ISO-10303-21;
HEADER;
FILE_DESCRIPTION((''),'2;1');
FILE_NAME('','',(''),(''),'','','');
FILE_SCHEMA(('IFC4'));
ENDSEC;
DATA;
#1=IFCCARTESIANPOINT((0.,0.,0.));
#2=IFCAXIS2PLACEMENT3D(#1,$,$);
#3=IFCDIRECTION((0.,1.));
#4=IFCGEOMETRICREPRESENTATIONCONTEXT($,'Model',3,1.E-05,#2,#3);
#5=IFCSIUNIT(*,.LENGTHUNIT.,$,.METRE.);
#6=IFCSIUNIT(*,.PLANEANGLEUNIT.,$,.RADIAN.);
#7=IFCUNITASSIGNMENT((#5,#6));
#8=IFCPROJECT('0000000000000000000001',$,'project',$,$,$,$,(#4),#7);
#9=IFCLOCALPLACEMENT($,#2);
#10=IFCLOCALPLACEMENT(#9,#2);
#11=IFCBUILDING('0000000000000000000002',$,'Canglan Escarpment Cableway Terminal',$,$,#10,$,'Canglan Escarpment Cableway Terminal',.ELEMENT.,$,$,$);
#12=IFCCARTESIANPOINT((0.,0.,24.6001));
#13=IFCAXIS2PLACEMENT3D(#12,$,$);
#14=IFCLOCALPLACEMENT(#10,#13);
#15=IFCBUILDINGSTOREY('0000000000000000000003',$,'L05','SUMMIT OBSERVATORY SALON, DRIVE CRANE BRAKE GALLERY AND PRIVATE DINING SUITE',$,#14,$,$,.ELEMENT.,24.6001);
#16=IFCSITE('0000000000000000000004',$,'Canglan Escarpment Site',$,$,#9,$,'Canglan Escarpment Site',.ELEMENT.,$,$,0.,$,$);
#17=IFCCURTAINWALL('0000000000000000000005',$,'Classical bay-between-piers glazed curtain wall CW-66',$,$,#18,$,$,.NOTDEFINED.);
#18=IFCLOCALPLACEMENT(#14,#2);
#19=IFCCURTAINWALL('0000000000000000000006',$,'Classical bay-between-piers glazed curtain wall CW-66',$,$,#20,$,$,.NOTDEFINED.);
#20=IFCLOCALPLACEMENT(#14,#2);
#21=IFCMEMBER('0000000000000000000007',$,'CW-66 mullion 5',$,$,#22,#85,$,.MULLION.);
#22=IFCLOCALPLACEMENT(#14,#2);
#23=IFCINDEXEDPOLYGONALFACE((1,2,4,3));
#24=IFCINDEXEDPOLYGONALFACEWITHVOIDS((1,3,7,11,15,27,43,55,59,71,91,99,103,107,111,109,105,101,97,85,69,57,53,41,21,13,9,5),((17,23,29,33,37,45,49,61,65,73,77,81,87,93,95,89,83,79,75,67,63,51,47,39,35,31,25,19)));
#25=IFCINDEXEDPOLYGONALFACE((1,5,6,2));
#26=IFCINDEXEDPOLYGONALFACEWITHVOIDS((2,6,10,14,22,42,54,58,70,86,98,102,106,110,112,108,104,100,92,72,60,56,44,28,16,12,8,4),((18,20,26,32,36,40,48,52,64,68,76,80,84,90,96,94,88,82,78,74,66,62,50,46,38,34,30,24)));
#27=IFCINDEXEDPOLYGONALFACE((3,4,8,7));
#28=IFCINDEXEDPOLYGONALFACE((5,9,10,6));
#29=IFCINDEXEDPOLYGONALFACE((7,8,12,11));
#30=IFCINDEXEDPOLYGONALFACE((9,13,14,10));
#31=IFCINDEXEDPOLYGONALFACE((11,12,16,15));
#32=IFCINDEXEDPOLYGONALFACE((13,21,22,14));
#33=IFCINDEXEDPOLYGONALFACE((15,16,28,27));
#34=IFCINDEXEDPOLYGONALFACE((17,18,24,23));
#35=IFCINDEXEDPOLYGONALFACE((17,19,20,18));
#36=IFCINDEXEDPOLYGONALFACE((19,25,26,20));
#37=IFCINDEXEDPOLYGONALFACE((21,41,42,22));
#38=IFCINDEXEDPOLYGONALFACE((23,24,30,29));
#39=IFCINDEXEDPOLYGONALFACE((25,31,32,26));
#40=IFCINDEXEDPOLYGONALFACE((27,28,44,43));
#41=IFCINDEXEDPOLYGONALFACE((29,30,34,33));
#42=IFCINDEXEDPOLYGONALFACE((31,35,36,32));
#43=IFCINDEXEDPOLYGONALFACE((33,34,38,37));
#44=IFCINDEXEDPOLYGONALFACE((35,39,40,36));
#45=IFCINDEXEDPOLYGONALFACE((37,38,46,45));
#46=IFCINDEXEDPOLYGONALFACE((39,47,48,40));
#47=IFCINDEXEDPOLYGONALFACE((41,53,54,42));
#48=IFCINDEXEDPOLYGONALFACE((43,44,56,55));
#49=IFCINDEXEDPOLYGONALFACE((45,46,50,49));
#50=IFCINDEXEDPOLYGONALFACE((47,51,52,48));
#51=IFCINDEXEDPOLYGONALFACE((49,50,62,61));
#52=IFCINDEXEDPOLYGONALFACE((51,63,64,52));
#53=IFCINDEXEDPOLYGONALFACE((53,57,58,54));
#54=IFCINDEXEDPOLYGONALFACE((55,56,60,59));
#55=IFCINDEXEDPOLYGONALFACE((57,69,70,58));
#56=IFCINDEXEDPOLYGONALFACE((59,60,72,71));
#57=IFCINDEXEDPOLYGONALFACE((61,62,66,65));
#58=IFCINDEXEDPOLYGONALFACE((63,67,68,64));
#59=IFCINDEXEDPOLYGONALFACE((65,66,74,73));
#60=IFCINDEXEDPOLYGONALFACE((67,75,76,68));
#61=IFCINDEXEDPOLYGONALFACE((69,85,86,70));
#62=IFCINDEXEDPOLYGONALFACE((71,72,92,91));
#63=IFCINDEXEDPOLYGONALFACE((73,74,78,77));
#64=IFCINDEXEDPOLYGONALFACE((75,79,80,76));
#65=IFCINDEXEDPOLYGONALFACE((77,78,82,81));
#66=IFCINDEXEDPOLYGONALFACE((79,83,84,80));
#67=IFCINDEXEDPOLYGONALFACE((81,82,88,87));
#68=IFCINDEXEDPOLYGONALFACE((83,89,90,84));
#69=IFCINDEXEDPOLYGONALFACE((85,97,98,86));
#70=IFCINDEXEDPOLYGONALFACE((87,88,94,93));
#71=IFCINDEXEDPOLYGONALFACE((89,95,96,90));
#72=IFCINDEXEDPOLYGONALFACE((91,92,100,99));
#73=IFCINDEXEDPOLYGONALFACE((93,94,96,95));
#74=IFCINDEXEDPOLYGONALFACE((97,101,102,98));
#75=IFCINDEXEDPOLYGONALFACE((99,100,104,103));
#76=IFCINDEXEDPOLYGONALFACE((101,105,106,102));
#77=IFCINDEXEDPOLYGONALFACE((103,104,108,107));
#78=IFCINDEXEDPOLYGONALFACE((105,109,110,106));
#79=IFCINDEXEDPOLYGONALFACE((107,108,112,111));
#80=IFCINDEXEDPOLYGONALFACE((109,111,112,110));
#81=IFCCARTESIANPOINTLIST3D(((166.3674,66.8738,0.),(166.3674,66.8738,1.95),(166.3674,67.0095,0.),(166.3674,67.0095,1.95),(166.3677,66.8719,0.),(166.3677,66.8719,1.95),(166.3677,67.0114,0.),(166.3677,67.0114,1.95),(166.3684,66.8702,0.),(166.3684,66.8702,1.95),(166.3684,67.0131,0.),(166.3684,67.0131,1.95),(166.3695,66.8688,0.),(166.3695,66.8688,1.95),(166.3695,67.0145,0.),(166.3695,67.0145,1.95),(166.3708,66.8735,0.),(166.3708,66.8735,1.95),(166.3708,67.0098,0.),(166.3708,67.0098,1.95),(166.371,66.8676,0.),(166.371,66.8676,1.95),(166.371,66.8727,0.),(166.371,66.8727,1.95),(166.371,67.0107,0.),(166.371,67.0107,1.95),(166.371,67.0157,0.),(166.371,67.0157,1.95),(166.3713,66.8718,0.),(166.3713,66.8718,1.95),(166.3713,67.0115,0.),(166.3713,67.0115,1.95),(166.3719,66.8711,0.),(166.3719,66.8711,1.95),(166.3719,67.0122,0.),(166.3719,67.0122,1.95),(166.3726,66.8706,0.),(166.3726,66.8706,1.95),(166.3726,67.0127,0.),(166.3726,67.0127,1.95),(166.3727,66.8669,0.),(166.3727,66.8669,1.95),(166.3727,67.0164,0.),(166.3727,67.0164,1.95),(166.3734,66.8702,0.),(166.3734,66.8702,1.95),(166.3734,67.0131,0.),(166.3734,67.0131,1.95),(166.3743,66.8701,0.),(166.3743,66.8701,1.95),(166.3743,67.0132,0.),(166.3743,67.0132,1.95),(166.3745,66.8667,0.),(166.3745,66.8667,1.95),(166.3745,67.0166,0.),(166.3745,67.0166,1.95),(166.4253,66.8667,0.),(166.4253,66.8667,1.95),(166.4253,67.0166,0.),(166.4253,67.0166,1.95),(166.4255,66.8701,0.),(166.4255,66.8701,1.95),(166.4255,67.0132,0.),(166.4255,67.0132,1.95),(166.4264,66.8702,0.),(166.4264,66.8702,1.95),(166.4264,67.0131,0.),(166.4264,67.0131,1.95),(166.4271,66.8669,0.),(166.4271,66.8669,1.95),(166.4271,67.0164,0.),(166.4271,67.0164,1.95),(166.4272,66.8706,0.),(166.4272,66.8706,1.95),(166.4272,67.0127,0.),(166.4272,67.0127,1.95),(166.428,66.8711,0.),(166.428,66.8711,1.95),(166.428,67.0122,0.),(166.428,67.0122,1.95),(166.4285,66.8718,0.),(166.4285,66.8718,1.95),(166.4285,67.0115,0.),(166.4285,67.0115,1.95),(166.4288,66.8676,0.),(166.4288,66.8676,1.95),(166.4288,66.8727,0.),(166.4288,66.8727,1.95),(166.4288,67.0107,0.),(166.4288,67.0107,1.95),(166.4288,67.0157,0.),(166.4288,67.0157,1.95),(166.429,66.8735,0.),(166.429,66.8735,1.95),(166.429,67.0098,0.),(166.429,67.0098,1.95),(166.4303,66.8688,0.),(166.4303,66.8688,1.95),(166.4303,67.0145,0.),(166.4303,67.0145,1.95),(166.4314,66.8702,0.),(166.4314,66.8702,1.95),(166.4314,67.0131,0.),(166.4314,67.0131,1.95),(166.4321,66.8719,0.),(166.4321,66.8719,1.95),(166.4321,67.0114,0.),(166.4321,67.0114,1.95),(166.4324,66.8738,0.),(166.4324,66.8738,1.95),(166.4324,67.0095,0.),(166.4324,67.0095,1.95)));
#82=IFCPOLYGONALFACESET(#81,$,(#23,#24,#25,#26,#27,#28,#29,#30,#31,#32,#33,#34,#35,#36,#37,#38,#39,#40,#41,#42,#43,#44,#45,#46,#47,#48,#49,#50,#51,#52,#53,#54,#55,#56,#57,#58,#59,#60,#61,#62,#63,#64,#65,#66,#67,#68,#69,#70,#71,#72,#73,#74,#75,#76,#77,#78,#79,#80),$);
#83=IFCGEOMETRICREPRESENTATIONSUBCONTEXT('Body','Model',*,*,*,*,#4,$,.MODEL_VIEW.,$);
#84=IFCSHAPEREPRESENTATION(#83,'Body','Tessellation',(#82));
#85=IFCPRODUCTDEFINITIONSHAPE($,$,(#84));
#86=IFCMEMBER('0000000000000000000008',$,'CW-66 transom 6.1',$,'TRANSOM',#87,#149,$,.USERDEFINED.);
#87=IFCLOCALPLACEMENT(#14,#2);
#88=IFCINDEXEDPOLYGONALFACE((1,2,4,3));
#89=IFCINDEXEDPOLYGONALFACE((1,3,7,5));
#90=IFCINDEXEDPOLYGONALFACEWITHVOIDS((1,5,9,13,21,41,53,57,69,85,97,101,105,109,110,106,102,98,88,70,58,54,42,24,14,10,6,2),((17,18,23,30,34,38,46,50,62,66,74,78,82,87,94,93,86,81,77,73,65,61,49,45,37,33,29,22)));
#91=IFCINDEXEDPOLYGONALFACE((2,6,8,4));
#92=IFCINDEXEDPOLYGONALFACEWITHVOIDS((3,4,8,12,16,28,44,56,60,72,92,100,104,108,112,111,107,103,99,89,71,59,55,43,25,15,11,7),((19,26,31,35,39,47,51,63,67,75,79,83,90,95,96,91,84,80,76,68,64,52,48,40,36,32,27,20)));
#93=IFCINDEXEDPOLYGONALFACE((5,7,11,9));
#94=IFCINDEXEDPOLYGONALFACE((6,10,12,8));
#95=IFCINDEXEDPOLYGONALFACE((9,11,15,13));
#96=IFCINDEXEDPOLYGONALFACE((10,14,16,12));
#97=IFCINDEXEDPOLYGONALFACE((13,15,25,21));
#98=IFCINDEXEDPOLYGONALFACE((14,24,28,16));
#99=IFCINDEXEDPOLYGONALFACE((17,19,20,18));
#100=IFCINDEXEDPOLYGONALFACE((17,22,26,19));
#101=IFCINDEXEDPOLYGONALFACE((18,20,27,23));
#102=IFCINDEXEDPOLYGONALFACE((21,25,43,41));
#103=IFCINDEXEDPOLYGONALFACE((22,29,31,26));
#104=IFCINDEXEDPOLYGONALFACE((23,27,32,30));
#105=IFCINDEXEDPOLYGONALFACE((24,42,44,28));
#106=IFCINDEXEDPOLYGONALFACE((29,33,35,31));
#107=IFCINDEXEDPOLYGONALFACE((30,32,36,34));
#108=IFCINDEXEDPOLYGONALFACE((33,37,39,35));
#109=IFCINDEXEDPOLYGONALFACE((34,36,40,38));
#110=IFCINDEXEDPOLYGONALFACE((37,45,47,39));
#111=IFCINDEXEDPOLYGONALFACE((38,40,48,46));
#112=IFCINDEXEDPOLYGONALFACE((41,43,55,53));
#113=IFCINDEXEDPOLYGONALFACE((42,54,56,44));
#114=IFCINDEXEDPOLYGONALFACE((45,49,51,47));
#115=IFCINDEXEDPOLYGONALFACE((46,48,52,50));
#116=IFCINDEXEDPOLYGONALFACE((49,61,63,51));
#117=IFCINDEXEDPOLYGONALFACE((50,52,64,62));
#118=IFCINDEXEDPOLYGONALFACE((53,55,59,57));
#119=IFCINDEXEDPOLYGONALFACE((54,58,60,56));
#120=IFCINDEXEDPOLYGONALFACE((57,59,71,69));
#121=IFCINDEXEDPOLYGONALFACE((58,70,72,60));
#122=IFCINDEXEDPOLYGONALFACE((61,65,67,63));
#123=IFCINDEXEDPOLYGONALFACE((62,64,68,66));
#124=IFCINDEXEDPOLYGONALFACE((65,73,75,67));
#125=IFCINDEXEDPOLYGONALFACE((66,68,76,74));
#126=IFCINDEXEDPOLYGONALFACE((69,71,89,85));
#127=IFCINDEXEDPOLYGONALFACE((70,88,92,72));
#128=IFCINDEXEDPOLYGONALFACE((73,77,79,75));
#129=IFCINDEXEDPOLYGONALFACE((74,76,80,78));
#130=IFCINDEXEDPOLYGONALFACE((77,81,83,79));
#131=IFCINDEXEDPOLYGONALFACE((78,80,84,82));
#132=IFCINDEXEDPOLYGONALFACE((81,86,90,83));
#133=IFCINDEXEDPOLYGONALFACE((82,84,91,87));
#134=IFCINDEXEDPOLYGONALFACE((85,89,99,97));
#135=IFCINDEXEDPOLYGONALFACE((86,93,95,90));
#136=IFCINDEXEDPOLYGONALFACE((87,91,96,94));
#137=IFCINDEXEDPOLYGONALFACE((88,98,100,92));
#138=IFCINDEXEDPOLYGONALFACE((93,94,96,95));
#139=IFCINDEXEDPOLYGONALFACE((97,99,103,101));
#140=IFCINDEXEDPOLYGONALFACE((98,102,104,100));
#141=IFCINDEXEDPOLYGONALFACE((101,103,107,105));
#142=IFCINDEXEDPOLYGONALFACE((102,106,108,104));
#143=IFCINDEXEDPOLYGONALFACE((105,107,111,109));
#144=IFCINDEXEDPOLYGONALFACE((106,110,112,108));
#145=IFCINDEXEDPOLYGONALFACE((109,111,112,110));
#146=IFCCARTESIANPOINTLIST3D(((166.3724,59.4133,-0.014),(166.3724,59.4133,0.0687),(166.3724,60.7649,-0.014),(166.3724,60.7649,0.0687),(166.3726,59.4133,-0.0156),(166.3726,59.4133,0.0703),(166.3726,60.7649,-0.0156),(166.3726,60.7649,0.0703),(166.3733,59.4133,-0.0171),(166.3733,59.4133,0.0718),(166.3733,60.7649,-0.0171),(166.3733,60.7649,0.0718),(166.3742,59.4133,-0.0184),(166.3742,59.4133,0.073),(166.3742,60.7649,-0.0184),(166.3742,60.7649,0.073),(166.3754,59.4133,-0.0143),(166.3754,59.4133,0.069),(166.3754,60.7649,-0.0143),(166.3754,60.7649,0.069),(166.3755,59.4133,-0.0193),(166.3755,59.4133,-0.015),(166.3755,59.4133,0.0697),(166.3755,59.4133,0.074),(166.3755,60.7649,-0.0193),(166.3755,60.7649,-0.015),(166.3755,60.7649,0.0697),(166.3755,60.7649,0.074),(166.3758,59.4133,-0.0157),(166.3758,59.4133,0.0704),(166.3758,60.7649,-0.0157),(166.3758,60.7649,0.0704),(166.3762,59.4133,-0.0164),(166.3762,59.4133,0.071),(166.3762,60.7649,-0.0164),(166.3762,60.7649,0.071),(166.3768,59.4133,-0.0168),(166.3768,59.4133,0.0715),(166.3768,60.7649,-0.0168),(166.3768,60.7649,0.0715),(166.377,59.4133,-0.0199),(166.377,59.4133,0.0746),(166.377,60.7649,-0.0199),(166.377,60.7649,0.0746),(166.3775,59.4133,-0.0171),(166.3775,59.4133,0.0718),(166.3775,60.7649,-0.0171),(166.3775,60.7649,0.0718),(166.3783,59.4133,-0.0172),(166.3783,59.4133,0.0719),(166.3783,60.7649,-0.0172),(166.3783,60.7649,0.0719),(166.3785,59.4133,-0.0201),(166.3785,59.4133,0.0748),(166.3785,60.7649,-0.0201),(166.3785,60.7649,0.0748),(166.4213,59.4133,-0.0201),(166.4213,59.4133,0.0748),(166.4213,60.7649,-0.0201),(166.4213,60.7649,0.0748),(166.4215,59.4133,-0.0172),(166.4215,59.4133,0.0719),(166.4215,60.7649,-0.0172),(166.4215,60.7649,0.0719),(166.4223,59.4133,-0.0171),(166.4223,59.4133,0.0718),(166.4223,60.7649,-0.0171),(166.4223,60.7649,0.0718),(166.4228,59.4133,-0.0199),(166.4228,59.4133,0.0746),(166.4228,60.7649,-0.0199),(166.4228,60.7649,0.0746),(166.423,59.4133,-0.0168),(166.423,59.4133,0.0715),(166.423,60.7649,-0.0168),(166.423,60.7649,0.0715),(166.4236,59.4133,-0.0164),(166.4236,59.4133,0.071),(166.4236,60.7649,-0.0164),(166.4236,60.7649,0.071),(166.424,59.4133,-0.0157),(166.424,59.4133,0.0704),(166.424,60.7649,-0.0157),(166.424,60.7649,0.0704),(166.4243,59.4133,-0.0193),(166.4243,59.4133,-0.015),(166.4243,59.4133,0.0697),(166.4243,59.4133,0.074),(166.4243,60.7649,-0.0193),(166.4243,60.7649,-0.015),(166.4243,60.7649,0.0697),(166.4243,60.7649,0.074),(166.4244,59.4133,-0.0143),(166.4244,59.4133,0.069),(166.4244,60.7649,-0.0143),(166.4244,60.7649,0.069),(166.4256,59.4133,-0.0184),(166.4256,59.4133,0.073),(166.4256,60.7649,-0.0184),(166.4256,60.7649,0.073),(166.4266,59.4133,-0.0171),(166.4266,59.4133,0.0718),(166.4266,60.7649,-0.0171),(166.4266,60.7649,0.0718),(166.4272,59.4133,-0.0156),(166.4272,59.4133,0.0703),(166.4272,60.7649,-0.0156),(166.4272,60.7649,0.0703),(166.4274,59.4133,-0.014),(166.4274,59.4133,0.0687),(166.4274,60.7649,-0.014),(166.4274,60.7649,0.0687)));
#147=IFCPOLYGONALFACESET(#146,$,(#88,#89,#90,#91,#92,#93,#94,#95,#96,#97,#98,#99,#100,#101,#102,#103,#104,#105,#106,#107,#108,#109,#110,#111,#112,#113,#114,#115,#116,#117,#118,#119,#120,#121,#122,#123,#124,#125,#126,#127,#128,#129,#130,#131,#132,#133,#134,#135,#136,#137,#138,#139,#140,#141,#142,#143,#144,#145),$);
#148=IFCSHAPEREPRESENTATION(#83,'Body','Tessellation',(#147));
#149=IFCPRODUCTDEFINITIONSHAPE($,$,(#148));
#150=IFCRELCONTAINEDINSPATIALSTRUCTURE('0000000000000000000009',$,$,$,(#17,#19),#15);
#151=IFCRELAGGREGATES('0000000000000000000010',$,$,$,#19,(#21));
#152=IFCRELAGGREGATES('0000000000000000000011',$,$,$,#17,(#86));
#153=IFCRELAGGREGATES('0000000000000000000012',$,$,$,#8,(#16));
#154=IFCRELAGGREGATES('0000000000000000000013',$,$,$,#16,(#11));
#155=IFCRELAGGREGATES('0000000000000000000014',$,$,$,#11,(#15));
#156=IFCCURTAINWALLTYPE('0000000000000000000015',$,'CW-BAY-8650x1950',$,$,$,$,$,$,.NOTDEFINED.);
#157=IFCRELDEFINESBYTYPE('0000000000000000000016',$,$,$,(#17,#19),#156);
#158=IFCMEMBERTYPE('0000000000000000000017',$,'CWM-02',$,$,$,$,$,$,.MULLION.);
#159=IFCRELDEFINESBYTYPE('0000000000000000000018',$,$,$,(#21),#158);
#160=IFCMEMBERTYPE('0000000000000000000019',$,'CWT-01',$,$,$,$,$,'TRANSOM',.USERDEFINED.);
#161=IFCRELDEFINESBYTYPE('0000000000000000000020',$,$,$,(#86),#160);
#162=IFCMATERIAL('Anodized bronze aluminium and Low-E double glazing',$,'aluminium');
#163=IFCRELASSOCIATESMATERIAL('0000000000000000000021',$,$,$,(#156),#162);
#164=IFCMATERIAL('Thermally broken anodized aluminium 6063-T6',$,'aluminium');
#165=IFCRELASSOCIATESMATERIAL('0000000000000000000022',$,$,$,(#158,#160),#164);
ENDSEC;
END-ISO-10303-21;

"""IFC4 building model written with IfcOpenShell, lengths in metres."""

from ifc_helpers import new_model, si_unit, direction, frame, origin, origin_2d, place, context, subcontext, project, spatial, hollow_rectangle, extrude, material, material_profile, profile_set, type_object, element, aggregate, save


model = new_model("IFC4")

# Units and contexts
model_context = context("Model", 3, precision=1e-05, world=origin(), true_north=direction((0.0, 1.0)))
body_context = subcontext(model_context, "Body", "Model", "MODEL_VIEW")
ifc_project = project(units=[si_unit("LENGTHUNIT", "METRE"), si_unit("PLANEANGLEUNIT", "RADIAN")], contexts=[model_context])

# Site, building, storey
site_placement = place(None, origin())
site = spatial("IfcSite", under=ifc_project, at=site_placement, Name="Canglan Escarpment Site", LongName="Canglan Escarpment Site", CompositionType="ELEMENT", RefElevation=0.0)
building_placement = place(site_placement, origin())
building = spatial("IfcBuilding", under=site, at=building_placement, Name="Canglan Escarpment Cableway Terminal", LongName="Canglan Escarpment Cableway Terminal", CompositionType="ELEMENT")
storey_placement = place(building_placement, frame((0.0, 0.0, 24.6001)))
storey = spatial("IfcBuildingStorey", under=building, at=storey_placement, Name="L05", Description="SUMMIT OBSERVATORY SALON, DRIVE CRANE BRAKE GALLERY AND PRIVATE DINING SUITE", CompositionType="ELEMENT", Elevation=24.6001)

# Curtain wall
ifc_material_1 = material(Name="Anodized bronze aluminium and Low-E double glazing", Category="aluminium")
curtain_wall_type = type_object("IfcCurtainWallType", Name="CW-BAY-8650x1950", PredefinedType="NOTDEFINED", material=ifc_material_1)
curtain_wall_1_placement = place(storey_placement, origin())
curtain_wall_1 = element("IfcCurtainWall", 1, at=curtain_wall_1_placement, inside=storey, type_object=curtain_wall_type, Name="Classical bay-between-piers glazed curtain wall CW-66", PredefinedType="NOTDEFINED")
ifc_material_2 = material(Name="Thermally broken anodized aluminium 6063-T6", Category="aluminium")

# Curtain wall, member
curtain_wall_2_placement = place(storey_placement, origin())
curtain_wall_2 = element("IfcCurtainWall", 2, at=curtain_wall_2_placement, inside=storey, type_object=curtain_wall_type, Name="Classical bay-between-piers glazed curtain wall CW-66", PredefinedType="NOTDEFINED")
ifc_material_profile_1 = material_profile(ifc_material_2, hollow_rectangle(XDim=0.0649, YDim=0.1499, WallThickness=0.0034, InnerFilletRadius=0.0034, OuterFilletRadius=0.0071, at=origin_2d()), Name="ALU-MULL 65x150x3.5")
ifc_profile_set_1 = profile_set([ifc_material_profile_1], Name="Thermally broken anodized aluminium 6063-T6")
member_type_1 = type_object("IfcMemberType", Name="CWM-02", PredefinedType="MULLION", material=ifc_profile_set_1)
member_1_placement = place(storey_placement, frame((166.3999, 66.9417, 0.0), z_axis=(0.0, 0.0, 1.0), x_axis=(-1.0, 0.0, 0.0)))
member_1 = element("IfcMember", 3, at=member_1_placement, type_object=member_type_1, Name="CW-66 mullion 5", PredefinedType="MULLION", context=body_context, shape_type="SweptSolid", body=[
    extrude(hollow_rectangle(XDim=0.0649, YDim=0.1499, WallThickness=0.0034, InnerFilletRadius=0.0034, OuterFilletRadius=0.0071, at=origin_2d()), origin(), (0.0, 0.0, 1.0), 1.95),
])

# Member
ifc_material_profile_2 = material_profile(ifc_material_2, hollow_rectangle(XDim=0.0549, YDim=0.095, WallThickness=0.0029, InnerFilletRadius=0.0029, OuterFilletRadius=0.0061, at=origin_2d()), Name="ALU-TRAN 55x95x3")
ifc_profile_set_2 = profile_set([ifc_material_profile_2], Name="Thermally broken anodized aluminium 6063-T6")
member_type_2 = type_object("IfcMemberType", Name="CWT-01", ElementType="TRANSOM", PredefinedType="USERDEFINED", material=ifc_profile_set_2)
member_2_placement = place(storey_placement, frame((166.3999, 59.4133, 0.0273), z_axis=(0.0, 1.0, 0.0), x_axis=(-1.0, 0.0, 0.0)))
member_2 = element("IfcMember", 4, at=member_2_placement, type_object=member_type_2, Name="CW-66 transom 6.1", ObjectType="TRANSOM", PredefinedType="USERDEFINED", context=body_context, shape_type="SweptSolid", body=[
    extrude(hollow_rectangle(XDim=0.0549, YDim=0.095, WallThickness=0.0029, InnerFilletRadius=0.0029, OuterFilletRadius=0.0061, at=origin_2d()), origin(), (0.0, 0.0, 1.0), 1.3516),
])

aggregate(curtain_wall_2, [member_1])
aggregate(curtain_wall_1, [member_2])

save(model, "model.ifc")
